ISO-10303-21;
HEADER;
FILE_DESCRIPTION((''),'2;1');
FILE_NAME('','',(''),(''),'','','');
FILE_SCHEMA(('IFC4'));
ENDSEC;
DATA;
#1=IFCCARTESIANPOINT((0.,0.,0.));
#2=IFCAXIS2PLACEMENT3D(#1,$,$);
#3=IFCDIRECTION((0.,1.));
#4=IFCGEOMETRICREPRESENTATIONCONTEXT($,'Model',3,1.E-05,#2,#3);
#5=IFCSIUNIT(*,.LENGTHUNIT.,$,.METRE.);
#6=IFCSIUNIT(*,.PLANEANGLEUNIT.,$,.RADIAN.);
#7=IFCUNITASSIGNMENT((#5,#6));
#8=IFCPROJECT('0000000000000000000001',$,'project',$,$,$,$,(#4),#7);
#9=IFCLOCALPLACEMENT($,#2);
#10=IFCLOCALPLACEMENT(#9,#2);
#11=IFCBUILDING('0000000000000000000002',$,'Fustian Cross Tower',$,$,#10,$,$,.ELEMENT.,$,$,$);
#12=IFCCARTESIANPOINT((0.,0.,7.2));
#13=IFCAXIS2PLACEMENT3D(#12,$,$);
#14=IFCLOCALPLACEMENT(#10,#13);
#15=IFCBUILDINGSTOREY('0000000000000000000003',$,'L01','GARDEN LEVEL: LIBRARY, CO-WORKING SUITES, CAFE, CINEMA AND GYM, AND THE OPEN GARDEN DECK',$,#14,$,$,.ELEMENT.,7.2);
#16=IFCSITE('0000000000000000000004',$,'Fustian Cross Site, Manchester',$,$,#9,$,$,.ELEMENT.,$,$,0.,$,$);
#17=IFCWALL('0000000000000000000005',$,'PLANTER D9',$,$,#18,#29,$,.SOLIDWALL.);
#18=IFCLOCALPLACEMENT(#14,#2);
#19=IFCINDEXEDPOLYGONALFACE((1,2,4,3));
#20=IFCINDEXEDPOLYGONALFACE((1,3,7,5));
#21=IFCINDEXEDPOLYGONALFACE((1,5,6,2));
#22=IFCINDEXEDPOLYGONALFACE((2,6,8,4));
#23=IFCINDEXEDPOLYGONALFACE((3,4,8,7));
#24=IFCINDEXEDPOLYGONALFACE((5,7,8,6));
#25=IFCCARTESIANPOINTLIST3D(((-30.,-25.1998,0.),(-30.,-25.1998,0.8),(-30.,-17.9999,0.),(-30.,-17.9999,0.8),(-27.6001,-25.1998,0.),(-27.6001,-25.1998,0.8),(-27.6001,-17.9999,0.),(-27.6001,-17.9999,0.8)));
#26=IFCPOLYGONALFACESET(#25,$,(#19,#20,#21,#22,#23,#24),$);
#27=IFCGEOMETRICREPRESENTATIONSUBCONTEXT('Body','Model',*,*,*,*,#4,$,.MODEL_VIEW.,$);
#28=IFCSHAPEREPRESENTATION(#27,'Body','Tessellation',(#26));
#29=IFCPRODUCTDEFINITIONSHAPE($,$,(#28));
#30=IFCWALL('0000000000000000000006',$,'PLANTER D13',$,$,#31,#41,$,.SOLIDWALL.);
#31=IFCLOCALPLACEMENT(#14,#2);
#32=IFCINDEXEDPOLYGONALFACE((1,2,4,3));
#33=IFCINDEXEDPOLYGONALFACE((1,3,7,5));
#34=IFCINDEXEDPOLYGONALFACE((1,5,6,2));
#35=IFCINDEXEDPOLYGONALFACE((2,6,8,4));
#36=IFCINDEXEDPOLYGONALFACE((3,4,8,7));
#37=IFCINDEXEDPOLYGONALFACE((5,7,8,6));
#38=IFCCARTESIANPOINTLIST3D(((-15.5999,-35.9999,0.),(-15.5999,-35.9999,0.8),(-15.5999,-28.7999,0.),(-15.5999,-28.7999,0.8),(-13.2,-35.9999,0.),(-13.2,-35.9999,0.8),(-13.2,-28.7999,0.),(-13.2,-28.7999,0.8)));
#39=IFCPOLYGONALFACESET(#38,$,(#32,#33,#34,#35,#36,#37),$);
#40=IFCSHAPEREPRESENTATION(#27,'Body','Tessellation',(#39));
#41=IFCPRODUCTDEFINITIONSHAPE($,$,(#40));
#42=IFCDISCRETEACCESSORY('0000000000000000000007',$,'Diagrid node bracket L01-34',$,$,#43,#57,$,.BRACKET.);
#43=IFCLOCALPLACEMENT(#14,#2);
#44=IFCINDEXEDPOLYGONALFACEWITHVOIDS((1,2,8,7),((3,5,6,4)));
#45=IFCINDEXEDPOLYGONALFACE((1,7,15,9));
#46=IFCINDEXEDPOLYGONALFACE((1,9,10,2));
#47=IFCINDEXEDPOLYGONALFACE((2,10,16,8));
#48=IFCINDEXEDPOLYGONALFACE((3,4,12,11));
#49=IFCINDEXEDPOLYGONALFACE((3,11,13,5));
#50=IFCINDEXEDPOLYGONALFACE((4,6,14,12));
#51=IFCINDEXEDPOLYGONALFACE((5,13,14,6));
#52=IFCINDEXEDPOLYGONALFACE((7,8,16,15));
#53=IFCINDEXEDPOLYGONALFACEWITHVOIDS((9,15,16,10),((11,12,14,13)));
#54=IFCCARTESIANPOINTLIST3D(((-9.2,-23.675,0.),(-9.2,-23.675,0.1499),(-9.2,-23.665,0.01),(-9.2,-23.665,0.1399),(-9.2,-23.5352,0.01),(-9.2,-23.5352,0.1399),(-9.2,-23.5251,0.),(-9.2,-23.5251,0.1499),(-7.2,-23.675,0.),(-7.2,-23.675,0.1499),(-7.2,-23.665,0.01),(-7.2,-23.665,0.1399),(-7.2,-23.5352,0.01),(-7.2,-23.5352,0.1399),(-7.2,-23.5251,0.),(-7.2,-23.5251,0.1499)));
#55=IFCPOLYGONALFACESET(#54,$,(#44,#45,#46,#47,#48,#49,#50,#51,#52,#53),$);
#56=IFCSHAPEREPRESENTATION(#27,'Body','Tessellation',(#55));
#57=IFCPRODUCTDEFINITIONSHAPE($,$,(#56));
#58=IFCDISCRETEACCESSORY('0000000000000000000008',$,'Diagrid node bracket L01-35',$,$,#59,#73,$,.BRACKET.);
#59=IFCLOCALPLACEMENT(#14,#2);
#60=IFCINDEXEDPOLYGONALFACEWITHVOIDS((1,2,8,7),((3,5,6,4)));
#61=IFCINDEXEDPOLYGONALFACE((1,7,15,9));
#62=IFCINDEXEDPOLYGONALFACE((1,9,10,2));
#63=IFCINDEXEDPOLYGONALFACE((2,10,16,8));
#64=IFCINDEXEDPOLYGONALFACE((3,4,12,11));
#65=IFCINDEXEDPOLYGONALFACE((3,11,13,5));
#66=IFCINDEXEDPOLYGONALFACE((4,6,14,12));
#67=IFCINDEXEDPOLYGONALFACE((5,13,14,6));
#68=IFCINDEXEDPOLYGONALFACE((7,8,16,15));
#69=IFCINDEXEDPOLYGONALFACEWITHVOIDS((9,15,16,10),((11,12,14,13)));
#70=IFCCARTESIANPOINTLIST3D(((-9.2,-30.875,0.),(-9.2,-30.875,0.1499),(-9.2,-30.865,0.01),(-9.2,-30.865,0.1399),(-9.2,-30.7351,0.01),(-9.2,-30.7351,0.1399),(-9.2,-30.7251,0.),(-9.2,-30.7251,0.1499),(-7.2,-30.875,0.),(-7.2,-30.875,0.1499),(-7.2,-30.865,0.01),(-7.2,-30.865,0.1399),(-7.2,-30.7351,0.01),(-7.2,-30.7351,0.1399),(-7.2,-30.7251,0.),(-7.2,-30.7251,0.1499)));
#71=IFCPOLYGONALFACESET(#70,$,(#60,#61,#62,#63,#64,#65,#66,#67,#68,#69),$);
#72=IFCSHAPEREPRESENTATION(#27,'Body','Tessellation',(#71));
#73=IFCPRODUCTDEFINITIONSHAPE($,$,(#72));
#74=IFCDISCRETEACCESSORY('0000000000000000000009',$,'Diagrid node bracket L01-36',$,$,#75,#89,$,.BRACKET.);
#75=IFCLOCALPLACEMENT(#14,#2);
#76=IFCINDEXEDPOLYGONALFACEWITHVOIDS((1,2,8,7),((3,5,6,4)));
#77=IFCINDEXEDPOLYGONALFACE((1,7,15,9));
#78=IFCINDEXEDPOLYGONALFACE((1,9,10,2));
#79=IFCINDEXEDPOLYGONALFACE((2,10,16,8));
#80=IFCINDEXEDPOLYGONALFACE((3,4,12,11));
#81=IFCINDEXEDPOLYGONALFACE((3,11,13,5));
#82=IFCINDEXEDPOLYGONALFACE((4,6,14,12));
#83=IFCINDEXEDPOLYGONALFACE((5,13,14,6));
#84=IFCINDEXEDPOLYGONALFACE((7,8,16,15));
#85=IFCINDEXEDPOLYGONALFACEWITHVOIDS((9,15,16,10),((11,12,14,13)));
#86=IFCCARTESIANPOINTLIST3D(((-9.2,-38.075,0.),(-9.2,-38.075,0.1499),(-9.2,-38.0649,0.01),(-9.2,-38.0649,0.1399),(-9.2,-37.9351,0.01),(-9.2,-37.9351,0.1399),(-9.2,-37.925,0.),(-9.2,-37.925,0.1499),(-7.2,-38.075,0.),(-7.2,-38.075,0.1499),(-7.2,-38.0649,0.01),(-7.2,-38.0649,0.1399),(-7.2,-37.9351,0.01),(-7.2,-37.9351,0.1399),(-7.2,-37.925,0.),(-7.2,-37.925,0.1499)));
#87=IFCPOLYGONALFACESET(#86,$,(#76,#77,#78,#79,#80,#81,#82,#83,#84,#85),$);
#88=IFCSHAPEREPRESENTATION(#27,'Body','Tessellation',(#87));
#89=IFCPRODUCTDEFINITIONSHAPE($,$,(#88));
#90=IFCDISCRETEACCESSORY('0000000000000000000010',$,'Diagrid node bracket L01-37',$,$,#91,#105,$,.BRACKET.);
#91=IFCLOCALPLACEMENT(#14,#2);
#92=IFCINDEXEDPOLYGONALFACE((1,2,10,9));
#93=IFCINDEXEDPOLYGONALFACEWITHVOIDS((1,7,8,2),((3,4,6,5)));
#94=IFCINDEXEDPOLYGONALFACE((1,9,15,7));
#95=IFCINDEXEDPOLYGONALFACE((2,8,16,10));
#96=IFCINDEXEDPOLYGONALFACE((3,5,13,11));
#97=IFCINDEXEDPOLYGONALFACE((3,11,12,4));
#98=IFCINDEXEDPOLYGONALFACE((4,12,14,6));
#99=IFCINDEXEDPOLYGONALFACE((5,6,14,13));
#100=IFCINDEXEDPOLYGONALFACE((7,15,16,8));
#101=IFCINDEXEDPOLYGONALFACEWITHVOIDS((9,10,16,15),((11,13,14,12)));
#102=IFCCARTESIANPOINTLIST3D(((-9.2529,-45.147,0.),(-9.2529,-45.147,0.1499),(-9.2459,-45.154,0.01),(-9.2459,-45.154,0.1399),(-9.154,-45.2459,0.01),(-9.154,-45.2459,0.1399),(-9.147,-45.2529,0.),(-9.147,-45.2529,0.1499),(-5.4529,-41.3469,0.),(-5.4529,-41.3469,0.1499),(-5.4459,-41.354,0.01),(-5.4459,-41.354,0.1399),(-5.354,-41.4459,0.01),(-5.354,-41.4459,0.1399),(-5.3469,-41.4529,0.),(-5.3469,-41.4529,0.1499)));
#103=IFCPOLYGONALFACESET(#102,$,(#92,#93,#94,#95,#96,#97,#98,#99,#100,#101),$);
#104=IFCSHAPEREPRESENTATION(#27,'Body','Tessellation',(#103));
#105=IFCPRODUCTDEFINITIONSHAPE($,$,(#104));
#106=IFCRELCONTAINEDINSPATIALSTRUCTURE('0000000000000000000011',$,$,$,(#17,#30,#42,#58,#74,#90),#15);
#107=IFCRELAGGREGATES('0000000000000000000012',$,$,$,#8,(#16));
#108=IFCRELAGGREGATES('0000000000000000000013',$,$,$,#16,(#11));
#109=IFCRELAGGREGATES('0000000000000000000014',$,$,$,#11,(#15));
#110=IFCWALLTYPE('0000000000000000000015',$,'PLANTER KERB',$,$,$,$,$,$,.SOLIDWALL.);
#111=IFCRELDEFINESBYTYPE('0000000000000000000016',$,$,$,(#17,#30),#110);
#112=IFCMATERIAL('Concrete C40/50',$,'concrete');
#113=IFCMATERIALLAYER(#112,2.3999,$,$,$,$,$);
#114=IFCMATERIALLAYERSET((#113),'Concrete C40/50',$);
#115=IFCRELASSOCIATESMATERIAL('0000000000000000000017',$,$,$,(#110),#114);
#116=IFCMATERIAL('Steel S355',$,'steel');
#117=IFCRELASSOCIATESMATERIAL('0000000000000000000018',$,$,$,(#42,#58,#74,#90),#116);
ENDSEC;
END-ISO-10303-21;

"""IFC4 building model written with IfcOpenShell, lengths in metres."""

from ifc_helpers import new_model, si_unit, direction, frame, frame_2d, origin, origin_2d, place, context, subcontext, project, spatial, rectangle, hollow_rectangle, extrude, material, layer, layer_set, type_object, element, save


model = new_model("IFC4")

# Units and contexts
model_context = context("Model", 3, precision=1e-05, world=origin(), true_north=direction((0.0, 1.0)))
body_context = subcontext(model_context, "Body", "Model", "MODEL_VIEW")
ifc_project = project(units=[si_unit("LENGTHUNIT", "METRE"), si_unit("PLANEANGLEUNIT", "RADIAN")], contexts=[model_context])

# Site, building, storey
site_placement = place(None, origin())
site = spatial("IfcSite", under=ifc_project, at=site_placement, Name="Fustian Cross Site, Manchester", CompositionType="ELEMENT", RefElevation=0.0)
building_placement = place(site_placement, origin())
building = spatial("IfcBuilding", under=site, at=building_placement, Name="Fustian Cross Tower", CompositionType="ELEMENT")
storey_placement = place(building_placement, frame((0.0, 0.0, 7.2)))
storey = spatial("IfcBuildingStorey", under=building, at=storey_placement, Name="L01", Description="GARDEN LEVEL: LIBRARY, CO-WORKING SUITES, CAFE, CINEMA AND GYM, AND THE OPEN GARDEN DECK", CompositionType="ELEMENT", Elevation=7.2)

# Walls
ifc_material_1 = material(Name="Concrete C40/50", Category="concrete")
ifc_layer_1 = layer(ifc_material_1, 2.3999)
ifc_layer_set_1 = layer_set([ifc_layer_1], Name="Concrete C40/50")
wall_type_1 = type_object("IfcWallType", Name="PLANTER KERB", PredefinedType="SOLIDWALL", material=ifc_layer_set_1)
for number, where, z_axis, x_axis, name in (
    (1, (-28.8, -25.2, 0.0), (0.0, 0.0, 1.0), (0.0, 1.0, 0.0), "PLANTER D9"),
    (2, (-14.3999, -36.0, 0.0), (0.0, 0.0, 1.0), (0.0, 1.0, 0.0), "PLANTER D13"),
):
    element("IfcWall", number, at=place(storey_placement, frame(where, z_axis=z_axis, x_axis=x_axis)), inside=storey, type_object=wall_type_1, Name=name, PredefinedType="SOLIDWALL", context=body_context, shape_type="SweptSolid", body=[
        extrude(rectangle(XDim=7.2, YDim=2.3999, at=frame_2d((3.6001, 0.0))), origin(), (0.0, 0.0, 1.0), 0.8),
    ])

# Discrete accessories
ifc_material_2 = material(Name="Steel S355", Category="steel")
for number, where, z_axis, x_axis, name in (
    (3, (-9.2, -23.6001, 0.075), (1.0, 0.0, 0.0), (0.0, 1.0, 0.0), "Diagrid node bracket L01-34"),
    (4, (-9.2, -30.8, 0.075), (1.0, 0.0, 0.0), (0.0, 1.0, 0.0), "Diagrid node bracket L01-35"),
    (5, (-9.2, -38.0, 0.075), (1.0, 0.0, 0.0), (0.0, 1.0, 0.0), "Diagrid node bracket L01-36"),
):
    element("IfcDiscreteAccessory", number, at=place(storey_placement, frame(where, z_axis=z_axis, x_axis=x_axis)), inside=storey, material=ifc_material_2, Name=name, PredefinedType="BRACKET", context=body_context, shape_type="SweptSolid", body=[
        extrude(hollow_rectangle(XDim=0.1499, YDim=0.1499, WallThickness=0.01, at=origin_2d()), origin(), (0.0, 0.0, 1.0), 2.0),
    ])
discrete_accessory_placement = place(storey_placement, frame((-9.2, -45.2, 0.075), z_axis=(0.707107, 0.707107, 0.0), x_axis=(-0.707107, 0.707107, 0.0)))
element("IfcDiscreteAccessory", 6, at=discrete_accessory_placement, inside=storey, material=ifc_material_2, Name="Diagrid node bracket L01-37", PredefinedType="BRACKET", context=body_context, shape_type="SweptSolid", body=[
    extrude(hollow_rectangle(XDim=0.1499, YDim=0.1499, WallThickness=0.01, at=origin_2d()), origin(), (0.0, 0.0, 1.0), 5.374),
])

save(model, "model.ifc")
